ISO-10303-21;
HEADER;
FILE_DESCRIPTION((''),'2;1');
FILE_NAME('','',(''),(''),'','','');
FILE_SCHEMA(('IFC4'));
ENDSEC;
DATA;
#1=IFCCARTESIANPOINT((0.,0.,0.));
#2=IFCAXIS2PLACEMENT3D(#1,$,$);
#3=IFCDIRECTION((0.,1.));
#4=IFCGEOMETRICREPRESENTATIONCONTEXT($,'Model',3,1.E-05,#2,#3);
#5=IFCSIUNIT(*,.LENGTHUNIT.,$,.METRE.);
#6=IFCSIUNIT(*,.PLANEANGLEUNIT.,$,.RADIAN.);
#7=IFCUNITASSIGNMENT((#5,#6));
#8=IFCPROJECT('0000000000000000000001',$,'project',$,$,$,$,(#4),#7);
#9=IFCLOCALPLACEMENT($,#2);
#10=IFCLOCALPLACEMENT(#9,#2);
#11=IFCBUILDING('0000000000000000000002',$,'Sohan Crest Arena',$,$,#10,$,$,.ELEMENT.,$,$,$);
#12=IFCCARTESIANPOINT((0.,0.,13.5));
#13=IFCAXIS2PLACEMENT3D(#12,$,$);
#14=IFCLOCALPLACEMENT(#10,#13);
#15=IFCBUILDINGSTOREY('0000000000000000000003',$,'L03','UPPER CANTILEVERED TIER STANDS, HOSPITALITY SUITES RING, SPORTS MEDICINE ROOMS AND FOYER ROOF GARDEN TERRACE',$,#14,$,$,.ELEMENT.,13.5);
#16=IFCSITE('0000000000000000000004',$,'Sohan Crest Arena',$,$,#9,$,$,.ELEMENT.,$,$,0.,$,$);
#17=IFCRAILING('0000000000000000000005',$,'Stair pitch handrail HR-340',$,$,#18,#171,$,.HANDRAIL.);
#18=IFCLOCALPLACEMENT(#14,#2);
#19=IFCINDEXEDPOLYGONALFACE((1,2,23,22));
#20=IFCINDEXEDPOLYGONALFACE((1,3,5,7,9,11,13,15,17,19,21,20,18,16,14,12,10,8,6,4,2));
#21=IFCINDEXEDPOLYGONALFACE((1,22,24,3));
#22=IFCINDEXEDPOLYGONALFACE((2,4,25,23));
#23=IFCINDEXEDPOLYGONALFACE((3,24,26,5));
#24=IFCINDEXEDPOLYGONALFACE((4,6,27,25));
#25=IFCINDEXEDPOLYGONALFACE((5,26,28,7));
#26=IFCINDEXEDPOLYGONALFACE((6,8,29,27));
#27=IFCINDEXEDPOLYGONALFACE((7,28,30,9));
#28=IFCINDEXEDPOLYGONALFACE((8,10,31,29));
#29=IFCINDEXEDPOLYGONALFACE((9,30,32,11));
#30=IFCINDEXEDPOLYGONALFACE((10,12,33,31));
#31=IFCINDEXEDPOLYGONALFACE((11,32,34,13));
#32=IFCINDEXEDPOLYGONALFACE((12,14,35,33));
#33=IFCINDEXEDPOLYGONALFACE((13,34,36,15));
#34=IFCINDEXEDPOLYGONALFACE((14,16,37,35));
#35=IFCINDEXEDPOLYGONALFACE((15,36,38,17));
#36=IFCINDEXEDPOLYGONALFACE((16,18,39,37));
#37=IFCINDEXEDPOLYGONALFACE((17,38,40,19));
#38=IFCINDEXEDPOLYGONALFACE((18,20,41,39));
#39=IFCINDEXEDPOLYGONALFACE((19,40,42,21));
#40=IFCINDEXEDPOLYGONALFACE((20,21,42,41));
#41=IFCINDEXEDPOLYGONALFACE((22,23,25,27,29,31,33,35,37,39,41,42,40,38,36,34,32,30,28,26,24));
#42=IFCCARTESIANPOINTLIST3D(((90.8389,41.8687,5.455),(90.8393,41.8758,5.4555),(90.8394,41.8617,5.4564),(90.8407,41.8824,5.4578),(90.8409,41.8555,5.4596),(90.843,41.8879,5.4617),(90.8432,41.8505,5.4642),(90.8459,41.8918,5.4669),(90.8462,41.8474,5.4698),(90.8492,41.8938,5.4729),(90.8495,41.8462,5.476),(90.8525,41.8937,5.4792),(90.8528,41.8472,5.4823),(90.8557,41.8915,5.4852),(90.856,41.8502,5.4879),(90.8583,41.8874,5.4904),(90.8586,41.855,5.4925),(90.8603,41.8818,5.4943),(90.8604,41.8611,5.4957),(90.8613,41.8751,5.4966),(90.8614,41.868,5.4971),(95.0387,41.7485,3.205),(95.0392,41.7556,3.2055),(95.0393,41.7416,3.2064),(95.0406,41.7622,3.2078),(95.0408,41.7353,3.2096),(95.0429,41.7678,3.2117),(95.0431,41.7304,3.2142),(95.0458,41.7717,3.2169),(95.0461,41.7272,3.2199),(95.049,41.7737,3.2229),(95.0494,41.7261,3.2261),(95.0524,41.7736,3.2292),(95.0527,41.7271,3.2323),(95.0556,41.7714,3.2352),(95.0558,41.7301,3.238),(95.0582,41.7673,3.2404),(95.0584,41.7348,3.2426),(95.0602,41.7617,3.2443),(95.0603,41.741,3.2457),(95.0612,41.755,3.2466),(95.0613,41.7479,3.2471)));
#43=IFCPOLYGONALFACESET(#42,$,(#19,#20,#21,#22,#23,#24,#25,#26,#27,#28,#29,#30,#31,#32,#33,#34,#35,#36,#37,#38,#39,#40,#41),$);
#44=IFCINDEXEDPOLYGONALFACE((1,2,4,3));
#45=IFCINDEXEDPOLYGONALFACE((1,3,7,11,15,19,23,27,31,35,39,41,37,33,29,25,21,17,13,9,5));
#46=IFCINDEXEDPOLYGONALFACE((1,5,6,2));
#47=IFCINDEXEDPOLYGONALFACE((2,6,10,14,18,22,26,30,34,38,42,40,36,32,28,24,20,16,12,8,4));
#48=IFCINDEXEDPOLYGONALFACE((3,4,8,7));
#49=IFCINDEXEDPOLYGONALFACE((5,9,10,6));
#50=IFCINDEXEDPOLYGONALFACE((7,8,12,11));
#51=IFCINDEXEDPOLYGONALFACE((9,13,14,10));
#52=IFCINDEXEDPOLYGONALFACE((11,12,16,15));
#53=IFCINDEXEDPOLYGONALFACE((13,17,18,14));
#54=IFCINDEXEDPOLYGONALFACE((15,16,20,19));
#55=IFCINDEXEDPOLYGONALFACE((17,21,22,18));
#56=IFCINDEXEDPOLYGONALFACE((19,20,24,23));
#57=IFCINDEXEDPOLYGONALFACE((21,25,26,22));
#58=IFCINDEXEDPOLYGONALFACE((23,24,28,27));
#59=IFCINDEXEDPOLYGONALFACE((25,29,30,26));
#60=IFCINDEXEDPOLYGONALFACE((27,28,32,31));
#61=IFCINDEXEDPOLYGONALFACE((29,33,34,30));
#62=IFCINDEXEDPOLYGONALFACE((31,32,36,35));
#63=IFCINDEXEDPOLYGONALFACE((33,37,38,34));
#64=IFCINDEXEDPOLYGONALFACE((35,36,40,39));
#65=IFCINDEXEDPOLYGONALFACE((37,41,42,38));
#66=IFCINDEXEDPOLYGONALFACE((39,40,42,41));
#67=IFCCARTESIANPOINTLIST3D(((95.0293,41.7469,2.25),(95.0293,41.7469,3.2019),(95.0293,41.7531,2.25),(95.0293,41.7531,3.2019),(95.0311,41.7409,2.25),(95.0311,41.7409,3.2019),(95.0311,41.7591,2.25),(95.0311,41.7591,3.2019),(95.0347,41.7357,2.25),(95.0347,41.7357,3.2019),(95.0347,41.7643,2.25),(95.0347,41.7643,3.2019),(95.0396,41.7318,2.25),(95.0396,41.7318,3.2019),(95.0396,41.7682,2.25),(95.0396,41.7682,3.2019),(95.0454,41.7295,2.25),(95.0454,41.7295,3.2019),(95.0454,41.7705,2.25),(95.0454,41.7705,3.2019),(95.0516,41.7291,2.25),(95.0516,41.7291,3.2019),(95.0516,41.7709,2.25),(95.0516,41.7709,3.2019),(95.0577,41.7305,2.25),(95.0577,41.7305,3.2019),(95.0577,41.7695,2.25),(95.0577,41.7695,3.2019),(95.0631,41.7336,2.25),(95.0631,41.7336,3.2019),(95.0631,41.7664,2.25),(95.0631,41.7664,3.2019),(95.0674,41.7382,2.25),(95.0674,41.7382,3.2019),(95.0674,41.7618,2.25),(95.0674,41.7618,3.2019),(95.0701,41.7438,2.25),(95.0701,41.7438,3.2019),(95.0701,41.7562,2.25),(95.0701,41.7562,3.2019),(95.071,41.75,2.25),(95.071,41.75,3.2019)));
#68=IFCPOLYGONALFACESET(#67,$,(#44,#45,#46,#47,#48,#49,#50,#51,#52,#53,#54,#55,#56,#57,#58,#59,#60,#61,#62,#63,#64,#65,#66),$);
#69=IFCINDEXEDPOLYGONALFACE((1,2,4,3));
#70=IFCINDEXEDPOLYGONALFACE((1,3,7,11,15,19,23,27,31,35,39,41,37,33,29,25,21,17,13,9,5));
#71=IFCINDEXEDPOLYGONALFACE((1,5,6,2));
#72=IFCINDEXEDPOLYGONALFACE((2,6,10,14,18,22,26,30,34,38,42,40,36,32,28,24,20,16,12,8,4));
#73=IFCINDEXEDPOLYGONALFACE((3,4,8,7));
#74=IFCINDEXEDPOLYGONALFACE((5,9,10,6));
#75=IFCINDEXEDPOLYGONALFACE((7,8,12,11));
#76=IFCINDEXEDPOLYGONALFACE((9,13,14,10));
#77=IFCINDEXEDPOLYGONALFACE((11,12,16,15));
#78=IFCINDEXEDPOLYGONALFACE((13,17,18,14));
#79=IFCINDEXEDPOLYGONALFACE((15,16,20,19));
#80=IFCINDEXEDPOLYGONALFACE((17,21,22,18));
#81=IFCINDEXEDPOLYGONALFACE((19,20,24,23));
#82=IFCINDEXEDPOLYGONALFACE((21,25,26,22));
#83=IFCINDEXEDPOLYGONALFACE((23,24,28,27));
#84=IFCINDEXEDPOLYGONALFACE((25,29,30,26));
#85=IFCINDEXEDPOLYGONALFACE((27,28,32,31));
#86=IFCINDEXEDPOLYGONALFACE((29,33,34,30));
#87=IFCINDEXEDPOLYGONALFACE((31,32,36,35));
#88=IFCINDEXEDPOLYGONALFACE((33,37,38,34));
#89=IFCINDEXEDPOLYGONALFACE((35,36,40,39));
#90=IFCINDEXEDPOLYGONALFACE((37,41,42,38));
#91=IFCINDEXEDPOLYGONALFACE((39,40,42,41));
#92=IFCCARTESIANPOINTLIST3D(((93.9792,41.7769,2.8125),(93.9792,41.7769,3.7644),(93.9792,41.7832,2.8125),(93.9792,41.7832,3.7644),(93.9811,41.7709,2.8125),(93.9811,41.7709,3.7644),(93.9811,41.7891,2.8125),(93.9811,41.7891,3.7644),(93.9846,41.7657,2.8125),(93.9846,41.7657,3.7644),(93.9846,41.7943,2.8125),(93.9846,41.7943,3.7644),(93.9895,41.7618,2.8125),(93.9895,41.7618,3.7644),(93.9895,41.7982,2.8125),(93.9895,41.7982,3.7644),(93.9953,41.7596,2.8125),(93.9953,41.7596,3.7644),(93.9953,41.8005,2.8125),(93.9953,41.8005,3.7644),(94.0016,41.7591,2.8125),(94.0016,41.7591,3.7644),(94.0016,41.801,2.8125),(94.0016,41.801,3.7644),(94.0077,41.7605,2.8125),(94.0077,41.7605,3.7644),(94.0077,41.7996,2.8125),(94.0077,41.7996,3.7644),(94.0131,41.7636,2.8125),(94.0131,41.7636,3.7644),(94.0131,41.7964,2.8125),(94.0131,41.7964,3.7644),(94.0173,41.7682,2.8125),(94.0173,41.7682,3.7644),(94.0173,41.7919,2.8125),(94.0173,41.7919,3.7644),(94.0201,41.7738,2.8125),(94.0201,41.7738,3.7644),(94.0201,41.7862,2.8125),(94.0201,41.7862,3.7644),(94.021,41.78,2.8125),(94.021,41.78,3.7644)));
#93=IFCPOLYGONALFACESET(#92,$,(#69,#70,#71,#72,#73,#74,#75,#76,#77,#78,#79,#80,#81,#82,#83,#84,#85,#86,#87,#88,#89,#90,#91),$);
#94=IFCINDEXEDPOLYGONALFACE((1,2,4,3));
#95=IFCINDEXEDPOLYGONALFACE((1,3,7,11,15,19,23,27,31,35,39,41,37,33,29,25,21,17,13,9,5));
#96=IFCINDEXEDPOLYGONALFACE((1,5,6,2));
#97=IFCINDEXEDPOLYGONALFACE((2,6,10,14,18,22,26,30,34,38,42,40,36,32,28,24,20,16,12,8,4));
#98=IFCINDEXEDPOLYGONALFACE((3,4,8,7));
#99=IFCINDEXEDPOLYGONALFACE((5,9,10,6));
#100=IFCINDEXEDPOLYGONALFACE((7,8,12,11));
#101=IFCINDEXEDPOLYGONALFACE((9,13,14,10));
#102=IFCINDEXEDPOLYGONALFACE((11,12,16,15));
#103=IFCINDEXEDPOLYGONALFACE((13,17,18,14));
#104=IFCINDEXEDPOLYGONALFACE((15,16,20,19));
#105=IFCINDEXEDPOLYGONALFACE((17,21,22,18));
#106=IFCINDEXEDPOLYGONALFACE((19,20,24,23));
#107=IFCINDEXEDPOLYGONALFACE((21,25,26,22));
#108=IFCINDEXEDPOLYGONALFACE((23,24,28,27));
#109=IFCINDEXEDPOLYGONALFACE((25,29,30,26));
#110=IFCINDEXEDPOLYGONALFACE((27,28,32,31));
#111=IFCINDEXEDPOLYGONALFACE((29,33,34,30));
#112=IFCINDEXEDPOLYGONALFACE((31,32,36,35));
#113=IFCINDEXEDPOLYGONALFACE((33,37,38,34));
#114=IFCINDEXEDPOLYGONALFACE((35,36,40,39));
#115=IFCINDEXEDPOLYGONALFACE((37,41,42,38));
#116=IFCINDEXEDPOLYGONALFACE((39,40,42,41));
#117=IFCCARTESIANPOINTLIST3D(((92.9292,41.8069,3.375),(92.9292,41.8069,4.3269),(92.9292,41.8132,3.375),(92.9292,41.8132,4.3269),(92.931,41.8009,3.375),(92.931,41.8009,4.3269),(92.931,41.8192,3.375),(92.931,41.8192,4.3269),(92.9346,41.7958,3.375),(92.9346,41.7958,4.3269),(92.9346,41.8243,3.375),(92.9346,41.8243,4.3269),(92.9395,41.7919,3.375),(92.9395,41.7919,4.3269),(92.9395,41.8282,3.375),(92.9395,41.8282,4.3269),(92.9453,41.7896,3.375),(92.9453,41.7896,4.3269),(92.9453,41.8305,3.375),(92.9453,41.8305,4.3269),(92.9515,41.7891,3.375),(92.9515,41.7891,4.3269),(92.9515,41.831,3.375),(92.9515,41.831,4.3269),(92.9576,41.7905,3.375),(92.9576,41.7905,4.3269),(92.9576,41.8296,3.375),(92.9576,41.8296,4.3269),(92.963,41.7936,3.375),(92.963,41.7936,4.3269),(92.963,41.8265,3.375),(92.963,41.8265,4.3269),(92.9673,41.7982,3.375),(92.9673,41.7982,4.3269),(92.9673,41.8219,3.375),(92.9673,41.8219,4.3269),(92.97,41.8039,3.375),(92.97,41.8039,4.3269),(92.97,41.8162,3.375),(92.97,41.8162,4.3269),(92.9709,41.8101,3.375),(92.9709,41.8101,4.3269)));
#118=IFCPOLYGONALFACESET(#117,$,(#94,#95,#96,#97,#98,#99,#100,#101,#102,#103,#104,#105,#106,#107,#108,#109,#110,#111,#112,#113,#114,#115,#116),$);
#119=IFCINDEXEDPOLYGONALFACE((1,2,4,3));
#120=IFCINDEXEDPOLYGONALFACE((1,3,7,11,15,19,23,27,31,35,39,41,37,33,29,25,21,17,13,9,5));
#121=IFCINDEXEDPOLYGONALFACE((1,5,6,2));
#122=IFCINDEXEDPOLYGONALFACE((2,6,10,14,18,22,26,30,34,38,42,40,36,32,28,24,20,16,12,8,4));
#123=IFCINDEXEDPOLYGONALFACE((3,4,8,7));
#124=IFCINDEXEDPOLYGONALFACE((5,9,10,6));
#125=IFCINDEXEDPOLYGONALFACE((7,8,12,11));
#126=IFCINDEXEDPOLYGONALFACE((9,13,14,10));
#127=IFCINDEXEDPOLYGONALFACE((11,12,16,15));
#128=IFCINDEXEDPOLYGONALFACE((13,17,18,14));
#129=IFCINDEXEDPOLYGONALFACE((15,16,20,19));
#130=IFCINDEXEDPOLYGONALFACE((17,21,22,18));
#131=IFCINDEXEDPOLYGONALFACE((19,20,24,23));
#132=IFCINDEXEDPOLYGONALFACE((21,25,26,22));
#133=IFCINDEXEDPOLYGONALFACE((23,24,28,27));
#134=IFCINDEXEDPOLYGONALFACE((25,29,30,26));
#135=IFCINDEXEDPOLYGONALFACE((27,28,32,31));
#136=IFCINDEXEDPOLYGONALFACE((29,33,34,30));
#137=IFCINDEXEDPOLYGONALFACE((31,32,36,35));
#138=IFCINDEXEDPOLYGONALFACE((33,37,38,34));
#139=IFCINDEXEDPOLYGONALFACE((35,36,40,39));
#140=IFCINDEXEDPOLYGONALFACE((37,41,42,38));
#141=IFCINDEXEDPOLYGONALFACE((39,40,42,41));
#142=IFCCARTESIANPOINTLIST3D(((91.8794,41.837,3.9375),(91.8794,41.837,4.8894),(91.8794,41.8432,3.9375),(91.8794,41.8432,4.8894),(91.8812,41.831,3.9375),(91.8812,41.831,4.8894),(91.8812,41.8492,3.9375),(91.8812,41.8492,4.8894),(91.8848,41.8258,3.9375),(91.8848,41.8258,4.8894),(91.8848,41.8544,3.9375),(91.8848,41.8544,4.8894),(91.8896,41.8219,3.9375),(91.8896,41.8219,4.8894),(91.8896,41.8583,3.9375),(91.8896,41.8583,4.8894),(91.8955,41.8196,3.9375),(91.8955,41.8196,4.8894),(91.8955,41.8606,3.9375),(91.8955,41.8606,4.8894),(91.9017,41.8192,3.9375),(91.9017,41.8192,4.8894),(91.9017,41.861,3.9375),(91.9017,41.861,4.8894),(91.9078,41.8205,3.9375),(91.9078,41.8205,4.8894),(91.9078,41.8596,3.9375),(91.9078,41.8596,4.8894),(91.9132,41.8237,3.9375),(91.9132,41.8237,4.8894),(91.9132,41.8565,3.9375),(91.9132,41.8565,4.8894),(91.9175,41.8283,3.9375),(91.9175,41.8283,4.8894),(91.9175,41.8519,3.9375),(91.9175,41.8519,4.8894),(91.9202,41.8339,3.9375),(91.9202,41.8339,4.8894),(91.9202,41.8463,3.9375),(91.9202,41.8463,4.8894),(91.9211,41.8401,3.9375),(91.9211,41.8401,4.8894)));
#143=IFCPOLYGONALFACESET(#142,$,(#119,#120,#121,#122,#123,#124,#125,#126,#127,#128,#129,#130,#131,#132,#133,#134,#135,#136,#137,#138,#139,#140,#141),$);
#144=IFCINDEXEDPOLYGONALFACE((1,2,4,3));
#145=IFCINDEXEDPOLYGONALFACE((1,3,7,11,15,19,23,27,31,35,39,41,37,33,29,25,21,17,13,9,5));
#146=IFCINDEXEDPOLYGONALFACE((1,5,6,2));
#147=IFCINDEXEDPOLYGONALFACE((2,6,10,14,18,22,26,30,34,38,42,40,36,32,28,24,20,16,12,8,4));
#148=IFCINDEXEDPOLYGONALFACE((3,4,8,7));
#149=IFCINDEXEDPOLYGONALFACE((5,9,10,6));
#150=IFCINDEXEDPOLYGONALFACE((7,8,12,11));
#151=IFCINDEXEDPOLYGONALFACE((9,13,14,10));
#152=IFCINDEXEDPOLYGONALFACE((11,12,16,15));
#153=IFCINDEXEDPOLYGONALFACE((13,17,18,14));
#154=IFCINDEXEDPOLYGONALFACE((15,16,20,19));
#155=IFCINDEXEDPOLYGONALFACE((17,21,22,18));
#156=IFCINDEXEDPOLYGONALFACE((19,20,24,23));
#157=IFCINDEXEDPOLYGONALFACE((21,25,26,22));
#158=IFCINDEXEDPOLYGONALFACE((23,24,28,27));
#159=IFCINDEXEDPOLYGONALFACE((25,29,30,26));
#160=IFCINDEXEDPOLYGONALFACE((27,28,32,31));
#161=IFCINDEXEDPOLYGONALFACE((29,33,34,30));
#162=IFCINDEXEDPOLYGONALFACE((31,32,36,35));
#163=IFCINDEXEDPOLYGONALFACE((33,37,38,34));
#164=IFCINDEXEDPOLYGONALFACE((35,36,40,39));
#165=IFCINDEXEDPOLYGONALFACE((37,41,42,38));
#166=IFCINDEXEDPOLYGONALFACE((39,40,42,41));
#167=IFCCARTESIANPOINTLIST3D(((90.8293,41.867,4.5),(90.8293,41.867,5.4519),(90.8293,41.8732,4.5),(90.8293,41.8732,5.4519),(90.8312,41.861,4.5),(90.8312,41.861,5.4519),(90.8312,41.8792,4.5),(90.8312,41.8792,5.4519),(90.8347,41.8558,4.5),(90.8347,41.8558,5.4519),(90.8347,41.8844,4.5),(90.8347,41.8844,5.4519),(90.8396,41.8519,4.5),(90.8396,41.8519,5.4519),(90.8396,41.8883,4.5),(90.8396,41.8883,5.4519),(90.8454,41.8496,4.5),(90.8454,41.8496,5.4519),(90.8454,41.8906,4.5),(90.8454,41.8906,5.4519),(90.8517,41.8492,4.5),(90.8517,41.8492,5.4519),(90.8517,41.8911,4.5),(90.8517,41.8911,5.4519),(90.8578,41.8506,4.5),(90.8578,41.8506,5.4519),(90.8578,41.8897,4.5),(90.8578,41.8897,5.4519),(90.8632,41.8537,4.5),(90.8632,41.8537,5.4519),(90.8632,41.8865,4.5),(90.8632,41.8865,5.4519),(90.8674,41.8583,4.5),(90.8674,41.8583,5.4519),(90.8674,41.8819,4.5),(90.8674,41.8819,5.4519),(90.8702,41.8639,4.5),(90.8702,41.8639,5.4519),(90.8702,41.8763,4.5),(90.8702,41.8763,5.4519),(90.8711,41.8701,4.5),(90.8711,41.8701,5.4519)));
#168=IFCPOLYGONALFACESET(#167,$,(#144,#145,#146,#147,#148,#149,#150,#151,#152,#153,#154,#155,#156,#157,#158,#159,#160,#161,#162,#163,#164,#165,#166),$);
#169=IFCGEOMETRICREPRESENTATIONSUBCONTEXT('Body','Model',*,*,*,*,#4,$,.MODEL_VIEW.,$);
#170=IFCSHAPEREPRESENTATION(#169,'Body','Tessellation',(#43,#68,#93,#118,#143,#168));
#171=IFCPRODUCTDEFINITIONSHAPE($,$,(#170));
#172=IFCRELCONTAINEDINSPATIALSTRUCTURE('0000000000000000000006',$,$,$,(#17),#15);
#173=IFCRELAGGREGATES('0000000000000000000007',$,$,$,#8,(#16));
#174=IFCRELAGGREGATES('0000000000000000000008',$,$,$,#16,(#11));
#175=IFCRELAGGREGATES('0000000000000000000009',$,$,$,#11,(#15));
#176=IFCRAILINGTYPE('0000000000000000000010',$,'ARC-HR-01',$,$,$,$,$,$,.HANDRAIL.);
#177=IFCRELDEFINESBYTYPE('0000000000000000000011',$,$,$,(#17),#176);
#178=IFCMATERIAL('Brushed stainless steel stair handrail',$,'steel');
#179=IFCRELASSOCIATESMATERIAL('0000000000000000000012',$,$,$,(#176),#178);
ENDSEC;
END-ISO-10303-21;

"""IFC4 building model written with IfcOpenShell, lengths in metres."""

from ifc_helpers import new_model, si_unit, direction, frame, origin, origin_2d, place, context, subcontext, project, spatial, circle, extrude, material, type_object, element, save


model = new_model("IFC4")

# Units and contexts
model_context = context("Model", 3, precision=1e-05, world=origin(), true_north=direction((0.0, 1.0)))
body_context = subcontext(model_context, "Body", "Model", "MODEL_VIEW")
ifc_project = project(units=[si_unit("LENGTHUNIT", "METRE"), si_unit("PLANEANGLEUNIT", "RADIAN")], contexts=[model_context])

# Site, building, storey
site_placement = place(None, origin())
site = spatial("IfcSite", under=ifc_project, at=site_placement, Name="Sohan Crest Arena", CompositionType="ELEMENT", RefElevation=0.0)
building_placement = place(site_placement, origin())
building = spatial("IfcBuilding", under=site, at=building_placement, Name="Sohan Crest Arena", CompositionType="ELEMENT")
storey_placement = place(building_placement, frame((0.0, 0.0, 13.5)))
storey = spatial("IfcBuildingStorey", under=building, at=storey_placement, Name="L03", Description="UPPER CANTILEVERED TIER STANDS, HOSPITALITY SUITES RING, SPORTS MEDICINE ROOMS AND FOYER ROOF GARDEN TERRACE", CompositionType="ELEMENT", Elevation=13.5)

# Railing
ifc_material_1 = material(Name="Brushed stainless steel stair handrail", Category="steel")
railing_type_1 = type_object("IfcRailingType", Name="ARC-HR-01", PredefinedType="HANDRAIL", material=ifc_material_1)
railing_1_placement = place(storey_placement, frame((95.05, 41.75, 2.25)))
element("IfcRailing", 1, at=railing_1_placement, inside=storey, type_object=railing_type_1, Name="Stair pitch handrail HR-340", PredefinedType="HANDRAIL", context=body_context, shape_type="SweptSolid", body=[
    extrude(circle(Radius=0.0239, at=origin_2d()), frame((0.0, 0.0, 0.9761), z_axis=(-0.881198, 0.025202, 0.472076), x_axis=(-0.028588, -0.999591, 0.0)), (0.0, 0.0, 1.0), 4.7661),
    extrude(circle(Radius=0.021, at=origin_2d()), origin(), (0.0, 0.0, 1.0), 0.9519),
    extrude(circle(Radius=0.021, at=origin_2d()), frame((-1.05, 0.03, 0.5625)), (0.0, 0.0, 1.0), 0.9519),
    extrude(circle(Radius=0.021, at=origin_2d()), frame((-2.1001, 0.0601, 1.125)), (0.0, 0.0, 1.0), 0.9519),
    extrude(circle(Radius=0.021, at=origin_2d()), frame((-3.1499, 0.0901, 1.6875)), (0.0, 0.0, 1.0), 0.9519),
    extrude(circle(Radius=0.021, at=origin_2d()), frame((-4.2, 0.1201, 2.25)), (0.0, 0.0, 1.0), 0.9519),
])

save(model, "model.ifc")
